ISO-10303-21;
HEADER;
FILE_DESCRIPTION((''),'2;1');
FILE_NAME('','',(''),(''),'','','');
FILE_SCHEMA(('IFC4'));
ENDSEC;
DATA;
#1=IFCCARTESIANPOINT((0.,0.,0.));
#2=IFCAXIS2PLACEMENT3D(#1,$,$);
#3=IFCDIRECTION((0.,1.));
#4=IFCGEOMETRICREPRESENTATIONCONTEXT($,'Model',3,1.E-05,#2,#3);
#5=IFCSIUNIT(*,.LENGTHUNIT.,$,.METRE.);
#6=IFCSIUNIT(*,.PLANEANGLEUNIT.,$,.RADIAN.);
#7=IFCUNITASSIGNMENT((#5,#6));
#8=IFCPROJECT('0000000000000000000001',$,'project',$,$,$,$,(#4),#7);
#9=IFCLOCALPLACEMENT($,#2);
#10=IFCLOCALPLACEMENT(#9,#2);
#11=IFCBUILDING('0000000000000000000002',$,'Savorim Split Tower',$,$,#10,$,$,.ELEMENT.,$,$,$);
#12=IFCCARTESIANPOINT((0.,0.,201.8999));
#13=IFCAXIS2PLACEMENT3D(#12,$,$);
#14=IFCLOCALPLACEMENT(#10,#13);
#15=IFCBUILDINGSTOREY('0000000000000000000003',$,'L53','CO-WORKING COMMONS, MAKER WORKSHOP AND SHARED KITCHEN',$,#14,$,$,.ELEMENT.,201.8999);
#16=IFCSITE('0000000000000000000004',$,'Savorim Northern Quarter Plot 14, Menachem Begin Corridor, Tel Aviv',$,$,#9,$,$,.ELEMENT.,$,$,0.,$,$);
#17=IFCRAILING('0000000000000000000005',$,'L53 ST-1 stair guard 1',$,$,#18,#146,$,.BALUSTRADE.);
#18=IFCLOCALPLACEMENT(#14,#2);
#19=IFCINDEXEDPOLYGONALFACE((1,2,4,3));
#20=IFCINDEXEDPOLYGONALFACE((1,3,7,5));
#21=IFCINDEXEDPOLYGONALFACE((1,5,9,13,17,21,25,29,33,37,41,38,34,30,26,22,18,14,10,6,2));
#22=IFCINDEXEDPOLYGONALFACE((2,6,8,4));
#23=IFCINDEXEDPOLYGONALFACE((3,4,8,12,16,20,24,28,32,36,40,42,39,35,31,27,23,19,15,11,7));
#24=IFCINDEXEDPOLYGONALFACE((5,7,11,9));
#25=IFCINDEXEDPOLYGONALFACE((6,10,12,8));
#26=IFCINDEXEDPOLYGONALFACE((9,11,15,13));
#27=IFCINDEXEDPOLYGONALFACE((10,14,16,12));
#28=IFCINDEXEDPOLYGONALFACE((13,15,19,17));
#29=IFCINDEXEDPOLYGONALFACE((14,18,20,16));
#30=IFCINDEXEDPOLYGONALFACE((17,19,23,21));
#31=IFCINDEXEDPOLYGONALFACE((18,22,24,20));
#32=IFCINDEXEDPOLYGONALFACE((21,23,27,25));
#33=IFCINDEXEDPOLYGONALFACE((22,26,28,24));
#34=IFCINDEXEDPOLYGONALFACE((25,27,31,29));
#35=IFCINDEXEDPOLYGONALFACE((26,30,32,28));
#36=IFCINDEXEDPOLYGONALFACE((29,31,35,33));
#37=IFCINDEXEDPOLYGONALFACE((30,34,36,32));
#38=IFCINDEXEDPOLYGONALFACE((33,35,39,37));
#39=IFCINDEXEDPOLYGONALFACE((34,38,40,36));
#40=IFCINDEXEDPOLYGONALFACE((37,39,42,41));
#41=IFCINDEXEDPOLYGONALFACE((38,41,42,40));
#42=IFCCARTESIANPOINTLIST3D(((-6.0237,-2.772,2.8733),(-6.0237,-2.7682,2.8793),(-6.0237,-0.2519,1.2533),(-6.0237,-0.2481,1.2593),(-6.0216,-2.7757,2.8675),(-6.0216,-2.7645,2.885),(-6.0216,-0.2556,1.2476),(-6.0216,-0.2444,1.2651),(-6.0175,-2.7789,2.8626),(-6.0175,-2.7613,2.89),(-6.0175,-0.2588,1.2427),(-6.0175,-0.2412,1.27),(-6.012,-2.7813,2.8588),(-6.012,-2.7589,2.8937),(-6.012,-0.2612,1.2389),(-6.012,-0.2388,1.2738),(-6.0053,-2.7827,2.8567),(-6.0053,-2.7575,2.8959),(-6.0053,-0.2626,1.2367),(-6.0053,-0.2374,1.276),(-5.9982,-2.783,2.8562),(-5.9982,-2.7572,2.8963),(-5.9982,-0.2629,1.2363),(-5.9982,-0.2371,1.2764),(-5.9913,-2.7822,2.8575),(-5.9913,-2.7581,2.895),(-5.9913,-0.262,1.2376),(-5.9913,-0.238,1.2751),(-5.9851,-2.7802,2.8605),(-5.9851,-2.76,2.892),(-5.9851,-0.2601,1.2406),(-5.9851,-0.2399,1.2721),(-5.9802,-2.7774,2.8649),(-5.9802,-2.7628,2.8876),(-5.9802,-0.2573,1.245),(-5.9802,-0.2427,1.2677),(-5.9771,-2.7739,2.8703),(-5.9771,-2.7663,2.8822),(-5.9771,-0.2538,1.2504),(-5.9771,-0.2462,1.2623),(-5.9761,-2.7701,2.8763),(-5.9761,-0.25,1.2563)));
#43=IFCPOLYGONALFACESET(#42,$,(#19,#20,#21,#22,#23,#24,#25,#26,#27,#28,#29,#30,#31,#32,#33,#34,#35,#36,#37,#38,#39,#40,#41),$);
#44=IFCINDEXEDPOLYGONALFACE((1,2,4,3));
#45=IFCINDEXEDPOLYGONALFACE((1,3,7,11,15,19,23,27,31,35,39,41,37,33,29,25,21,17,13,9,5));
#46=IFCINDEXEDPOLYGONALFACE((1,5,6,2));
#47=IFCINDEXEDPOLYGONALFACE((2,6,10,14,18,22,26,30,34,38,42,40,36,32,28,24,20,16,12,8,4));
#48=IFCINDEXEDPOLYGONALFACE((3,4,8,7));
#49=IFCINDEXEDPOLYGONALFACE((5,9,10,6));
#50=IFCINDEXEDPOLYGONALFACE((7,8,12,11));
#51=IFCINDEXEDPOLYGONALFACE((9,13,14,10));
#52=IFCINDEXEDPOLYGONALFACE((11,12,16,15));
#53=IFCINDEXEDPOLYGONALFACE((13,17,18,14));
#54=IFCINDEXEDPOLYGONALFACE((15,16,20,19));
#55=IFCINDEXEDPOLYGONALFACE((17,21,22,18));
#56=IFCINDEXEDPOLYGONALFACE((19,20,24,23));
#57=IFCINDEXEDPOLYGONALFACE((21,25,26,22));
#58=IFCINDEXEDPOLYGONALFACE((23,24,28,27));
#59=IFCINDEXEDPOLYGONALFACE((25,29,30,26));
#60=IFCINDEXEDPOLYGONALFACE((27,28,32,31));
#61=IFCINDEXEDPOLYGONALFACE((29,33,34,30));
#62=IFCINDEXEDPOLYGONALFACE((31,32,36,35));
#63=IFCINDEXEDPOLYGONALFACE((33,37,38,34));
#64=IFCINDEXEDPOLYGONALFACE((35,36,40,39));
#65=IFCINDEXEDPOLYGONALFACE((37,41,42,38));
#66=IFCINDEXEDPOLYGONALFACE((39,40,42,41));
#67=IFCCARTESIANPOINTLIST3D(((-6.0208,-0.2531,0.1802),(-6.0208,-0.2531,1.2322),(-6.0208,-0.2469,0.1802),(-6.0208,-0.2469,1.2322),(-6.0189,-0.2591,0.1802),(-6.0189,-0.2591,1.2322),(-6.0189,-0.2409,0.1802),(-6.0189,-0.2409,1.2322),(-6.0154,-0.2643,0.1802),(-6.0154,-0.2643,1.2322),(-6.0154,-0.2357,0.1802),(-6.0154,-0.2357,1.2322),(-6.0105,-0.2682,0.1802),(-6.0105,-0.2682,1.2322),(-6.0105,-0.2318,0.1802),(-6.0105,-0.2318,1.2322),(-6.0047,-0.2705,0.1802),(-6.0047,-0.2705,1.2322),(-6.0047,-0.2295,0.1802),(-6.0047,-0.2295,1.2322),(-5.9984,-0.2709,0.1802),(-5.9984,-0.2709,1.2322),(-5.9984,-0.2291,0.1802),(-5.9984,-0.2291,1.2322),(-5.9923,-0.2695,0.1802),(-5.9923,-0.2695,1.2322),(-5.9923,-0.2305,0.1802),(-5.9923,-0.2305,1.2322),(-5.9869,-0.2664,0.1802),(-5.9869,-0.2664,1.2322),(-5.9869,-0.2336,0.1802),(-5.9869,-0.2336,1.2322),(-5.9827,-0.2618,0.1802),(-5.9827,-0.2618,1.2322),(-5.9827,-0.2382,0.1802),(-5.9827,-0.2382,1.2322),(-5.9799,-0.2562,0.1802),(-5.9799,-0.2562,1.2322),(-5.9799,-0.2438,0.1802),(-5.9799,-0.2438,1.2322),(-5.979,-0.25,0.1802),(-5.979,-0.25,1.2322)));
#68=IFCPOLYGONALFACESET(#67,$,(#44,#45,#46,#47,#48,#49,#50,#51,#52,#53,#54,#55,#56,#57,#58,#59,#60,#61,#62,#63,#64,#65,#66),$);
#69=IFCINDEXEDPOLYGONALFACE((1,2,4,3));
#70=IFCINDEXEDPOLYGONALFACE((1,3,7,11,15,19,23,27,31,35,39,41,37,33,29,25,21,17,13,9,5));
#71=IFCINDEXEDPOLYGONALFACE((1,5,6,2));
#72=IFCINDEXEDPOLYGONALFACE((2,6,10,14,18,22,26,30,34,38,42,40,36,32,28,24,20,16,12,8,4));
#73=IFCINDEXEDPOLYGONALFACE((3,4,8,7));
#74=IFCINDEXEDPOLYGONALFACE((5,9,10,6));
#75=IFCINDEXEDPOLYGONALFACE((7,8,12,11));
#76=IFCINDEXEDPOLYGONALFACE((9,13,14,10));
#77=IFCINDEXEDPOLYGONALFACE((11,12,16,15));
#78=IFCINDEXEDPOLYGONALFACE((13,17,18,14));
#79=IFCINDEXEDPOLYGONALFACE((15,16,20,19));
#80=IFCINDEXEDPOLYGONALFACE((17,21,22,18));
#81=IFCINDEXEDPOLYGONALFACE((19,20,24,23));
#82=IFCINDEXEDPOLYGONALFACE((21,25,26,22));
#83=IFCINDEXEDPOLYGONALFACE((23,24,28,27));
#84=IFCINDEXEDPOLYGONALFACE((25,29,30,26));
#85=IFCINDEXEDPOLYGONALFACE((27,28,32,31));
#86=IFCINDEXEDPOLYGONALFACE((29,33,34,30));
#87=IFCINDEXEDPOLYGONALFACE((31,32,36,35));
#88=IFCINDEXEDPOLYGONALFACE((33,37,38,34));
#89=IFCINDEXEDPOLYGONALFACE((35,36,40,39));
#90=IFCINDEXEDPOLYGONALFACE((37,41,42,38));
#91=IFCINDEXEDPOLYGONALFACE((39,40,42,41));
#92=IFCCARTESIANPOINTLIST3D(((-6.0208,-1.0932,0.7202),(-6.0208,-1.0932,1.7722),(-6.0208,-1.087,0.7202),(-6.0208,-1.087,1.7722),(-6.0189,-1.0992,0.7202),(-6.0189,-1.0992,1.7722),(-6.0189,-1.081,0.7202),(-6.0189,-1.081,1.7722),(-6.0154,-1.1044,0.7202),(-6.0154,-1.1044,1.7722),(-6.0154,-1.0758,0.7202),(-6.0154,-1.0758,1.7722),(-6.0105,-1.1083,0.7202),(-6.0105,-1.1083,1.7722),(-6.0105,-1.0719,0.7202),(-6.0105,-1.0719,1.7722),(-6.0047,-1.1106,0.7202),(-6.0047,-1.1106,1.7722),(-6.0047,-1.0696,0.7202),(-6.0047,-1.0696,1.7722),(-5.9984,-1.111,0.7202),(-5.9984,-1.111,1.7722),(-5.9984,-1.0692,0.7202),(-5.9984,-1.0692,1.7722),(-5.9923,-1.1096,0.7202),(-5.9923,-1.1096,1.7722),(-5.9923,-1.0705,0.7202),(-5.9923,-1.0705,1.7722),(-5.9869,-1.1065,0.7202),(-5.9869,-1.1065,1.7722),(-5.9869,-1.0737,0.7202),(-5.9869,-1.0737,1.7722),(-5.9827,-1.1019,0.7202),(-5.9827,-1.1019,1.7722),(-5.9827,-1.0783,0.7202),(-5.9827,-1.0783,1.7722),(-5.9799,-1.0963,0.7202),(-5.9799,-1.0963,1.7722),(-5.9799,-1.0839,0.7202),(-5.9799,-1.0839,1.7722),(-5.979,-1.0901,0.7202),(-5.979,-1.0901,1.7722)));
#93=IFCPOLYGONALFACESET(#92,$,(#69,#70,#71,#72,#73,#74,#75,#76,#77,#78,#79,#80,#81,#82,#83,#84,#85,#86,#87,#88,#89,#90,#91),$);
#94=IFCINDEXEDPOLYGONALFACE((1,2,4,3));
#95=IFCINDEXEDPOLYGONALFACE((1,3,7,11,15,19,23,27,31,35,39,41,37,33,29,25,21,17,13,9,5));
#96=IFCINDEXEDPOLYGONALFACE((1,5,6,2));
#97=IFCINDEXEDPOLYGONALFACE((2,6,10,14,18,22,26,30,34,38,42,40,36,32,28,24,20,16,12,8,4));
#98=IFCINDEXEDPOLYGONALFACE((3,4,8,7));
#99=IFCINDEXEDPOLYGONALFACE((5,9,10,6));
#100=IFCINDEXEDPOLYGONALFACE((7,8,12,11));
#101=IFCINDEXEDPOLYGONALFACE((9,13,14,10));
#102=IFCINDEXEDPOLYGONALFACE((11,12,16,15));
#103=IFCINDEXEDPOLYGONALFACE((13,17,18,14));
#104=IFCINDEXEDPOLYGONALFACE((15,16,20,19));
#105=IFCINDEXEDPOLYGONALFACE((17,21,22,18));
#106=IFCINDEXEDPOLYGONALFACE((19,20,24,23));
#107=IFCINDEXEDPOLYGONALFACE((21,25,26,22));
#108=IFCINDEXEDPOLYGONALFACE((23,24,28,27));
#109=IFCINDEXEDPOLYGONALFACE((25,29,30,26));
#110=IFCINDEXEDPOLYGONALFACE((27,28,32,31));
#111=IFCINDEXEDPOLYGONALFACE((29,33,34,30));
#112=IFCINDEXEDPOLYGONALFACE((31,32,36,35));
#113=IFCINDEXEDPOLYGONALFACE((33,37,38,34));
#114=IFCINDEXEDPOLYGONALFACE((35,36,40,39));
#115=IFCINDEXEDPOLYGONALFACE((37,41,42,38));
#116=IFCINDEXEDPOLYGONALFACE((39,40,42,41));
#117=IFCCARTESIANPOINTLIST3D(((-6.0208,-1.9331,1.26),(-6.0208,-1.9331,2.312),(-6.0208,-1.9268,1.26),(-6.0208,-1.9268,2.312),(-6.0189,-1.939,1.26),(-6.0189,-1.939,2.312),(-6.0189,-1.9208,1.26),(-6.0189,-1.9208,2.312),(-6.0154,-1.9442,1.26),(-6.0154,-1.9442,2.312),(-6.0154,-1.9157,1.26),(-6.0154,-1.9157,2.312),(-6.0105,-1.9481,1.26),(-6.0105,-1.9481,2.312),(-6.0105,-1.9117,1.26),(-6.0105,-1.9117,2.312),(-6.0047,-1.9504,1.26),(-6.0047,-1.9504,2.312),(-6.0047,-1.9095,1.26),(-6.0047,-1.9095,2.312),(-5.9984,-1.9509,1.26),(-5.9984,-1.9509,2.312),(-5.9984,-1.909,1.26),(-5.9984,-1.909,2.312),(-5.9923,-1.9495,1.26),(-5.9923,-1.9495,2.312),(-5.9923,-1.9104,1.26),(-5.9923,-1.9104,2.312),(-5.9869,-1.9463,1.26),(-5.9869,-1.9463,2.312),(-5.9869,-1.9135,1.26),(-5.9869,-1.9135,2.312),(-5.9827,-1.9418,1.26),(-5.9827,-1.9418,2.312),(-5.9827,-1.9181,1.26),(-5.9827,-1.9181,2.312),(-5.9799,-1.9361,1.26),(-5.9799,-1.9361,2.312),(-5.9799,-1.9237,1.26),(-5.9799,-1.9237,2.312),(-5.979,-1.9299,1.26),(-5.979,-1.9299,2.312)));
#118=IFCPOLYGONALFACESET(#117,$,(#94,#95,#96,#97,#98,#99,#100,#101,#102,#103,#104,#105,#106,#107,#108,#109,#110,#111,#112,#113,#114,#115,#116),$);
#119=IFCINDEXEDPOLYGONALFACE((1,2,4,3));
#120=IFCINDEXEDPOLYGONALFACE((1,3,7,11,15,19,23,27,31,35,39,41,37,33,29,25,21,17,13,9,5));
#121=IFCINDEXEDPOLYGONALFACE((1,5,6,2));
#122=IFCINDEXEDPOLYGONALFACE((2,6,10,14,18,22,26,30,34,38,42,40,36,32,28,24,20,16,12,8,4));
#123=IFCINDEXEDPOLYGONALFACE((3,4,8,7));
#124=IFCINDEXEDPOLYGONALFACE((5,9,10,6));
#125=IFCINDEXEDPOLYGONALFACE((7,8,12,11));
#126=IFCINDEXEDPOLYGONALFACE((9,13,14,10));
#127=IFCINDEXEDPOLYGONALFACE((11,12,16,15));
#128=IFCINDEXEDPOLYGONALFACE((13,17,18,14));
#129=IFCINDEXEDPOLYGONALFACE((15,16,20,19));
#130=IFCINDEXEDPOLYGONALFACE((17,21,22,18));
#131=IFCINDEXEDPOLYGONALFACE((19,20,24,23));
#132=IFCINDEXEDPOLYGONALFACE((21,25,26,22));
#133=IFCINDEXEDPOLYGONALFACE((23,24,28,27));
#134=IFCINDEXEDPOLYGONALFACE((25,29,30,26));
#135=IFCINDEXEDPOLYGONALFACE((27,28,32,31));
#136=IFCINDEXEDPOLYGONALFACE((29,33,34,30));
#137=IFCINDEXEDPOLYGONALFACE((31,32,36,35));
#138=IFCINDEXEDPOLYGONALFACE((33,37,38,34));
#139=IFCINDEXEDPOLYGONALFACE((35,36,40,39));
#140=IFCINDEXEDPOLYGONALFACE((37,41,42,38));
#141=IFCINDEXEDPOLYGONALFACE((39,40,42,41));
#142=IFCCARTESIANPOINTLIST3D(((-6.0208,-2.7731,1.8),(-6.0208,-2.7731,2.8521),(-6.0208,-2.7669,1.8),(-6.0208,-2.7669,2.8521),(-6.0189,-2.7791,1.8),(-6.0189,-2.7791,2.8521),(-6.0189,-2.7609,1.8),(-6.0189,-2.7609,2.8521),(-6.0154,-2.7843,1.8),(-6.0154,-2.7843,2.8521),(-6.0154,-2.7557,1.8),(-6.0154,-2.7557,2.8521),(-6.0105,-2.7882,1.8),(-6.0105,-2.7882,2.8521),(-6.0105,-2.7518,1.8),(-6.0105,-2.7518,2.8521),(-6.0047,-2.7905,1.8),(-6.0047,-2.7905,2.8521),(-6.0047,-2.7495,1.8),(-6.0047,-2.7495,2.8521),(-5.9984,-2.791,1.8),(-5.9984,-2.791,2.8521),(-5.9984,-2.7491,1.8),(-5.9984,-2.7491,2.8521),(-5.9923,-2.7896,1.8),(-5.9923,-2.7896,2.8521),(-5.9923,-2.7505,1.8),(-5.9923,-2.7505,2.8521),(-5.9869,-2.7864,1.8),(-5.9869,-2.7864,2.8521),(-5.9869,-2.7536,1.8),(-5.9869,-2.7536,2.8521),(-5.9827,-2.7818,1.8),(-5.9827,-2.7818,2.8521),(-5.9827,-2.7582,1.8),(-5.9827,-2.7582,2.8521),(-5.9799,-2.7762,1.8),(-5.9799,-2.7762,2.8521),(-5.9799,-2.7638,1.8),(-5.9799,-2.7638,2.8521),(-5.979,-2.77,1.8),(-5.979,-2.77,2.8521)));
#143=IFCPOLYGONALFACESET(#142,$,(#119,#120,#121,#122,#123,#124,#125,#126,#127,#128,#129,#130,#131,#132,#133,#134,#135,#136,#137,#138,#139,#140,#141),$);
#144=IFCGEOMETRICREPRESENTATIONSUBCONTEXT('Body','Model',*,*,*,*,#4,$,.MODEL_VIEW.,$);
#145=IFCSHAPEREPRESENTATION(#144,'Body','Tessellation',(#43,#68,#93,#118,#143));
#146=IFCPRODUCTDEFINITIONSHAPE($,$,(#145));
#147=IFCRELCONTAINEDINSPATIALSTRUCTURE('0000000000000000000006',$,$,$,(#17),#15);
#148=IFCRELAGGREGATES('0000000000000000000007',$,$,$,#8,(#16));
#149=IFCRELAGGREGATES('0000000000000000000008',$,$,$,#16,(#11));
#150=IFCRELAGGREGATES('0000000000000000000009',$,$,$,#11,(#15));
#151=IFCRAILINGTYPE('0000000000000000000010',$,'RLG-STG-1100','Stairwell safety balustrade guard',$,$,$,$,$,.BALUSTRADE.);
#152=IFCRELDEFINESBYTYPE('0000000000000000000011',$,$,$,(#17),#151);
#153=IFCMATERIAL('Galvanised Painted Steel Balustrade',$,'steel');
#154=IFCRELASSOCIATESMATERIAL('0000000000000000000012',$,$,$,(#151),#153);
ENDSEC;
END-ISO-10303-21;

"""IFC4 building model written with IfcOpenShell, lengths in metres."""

from ifc_helpers import new_model, si_unit, direction, frame, origin, origin_2d, place, context, subcontext, project, spatial, circle, extrude, material, type_object, element, save


model = new_model("IFC4")

# Units and contexts
model_context = context("Model", 3, precision=1e-05, world=origin(), true_north=direction((0.0, 1.0)))
body_context = subcontext(model_context, "Body", "Model", "MODEL_VIEW")
ifc_project = project(units=[si_unit("LENGTHUNIT", "METRE"), si_unit("PLANEANGLEUNIT", "RADIAN")], contexts=[model_context])

# Site, building, storey
site_placement = place(None, origin())
site = spatial("IfcSite", under=ifc_project, at=site_placement, Name="Savorim Northern Quarter Plot 14, Menachem Begin Corridor, Tel Aviv", CompositionType="ELEMENT", RefElevation=0.0)
building_placement = place(site_placement, origin())
building = spatial("IfcBuilding", under=site, at=building_placement, Name="Savorim Split Tower", CompositionType="ELEMENT")
storey_placement = place(building_placement, frame((0.0, 0.0, 201.8999)))
storey = spatial("IfcBuildingStorey", under=building, at=storey_placement, Name="L53", Description="CO-WORKING COMMONS, MAKER WORKSHOP AND SHARED KITCHEN", CompositionType="ELEMENT", Elevation=201.8999)

# Railing
ifc_material_1 = material(Name="Galvanised Painted Steel Balustrade", Category="steel")
railing_type_1 = type_object("IfcRailingType", Name="RLG-STG-1100", Description="Stairwell safety balustrade guard", PredefinedType="BALUSTRADE", material=ifc_material_1)
railing_1_placement = place(storey_placement, frame((-6.0, -0.25, 0.1802)))
element("IfcRailing", 1, at=railing_1_placement, inside=storey, type_object=railing_type_1, Name="L53 ST-1 stair guard 1", PredefinedType="BALUSTRADE", context=body_context, shape_type="SweptSolid", body=[
    extrude(circle(Radius=0.0239, at=origin_2d()), frame((0.0, 0.0, 1.0762), z_axis=(0.0, -0.8412, 0.540725), x_axis=(1.0, 0.0, 0.0)), (0.0, 0.0, 1.0), 2.9958),
    extrude(circle(Radius=0.021, at=origin_2d()), origin(), (0.0, 0.0, 1.0), 1.052),
    extrude(circle(Radius=0.021, at=origin_2d()), frame((0.0, -0.8401, 0.54)), (0.0, 0.0, 1.0), 1.052),
    extrude(circle(Radius=0.021, at=origin_2d()), frame((0.0, -1.6799, 1.0798)), (0.0, 0.0, 1.0), 1.052),
    extrude(circle(Radius=0.021, at=origin_2d()), frame((0.0, -2.52, 1.6199)), (0.0, 0.0, 1.0), 1.052),
])

save(model, "model.ifc")
